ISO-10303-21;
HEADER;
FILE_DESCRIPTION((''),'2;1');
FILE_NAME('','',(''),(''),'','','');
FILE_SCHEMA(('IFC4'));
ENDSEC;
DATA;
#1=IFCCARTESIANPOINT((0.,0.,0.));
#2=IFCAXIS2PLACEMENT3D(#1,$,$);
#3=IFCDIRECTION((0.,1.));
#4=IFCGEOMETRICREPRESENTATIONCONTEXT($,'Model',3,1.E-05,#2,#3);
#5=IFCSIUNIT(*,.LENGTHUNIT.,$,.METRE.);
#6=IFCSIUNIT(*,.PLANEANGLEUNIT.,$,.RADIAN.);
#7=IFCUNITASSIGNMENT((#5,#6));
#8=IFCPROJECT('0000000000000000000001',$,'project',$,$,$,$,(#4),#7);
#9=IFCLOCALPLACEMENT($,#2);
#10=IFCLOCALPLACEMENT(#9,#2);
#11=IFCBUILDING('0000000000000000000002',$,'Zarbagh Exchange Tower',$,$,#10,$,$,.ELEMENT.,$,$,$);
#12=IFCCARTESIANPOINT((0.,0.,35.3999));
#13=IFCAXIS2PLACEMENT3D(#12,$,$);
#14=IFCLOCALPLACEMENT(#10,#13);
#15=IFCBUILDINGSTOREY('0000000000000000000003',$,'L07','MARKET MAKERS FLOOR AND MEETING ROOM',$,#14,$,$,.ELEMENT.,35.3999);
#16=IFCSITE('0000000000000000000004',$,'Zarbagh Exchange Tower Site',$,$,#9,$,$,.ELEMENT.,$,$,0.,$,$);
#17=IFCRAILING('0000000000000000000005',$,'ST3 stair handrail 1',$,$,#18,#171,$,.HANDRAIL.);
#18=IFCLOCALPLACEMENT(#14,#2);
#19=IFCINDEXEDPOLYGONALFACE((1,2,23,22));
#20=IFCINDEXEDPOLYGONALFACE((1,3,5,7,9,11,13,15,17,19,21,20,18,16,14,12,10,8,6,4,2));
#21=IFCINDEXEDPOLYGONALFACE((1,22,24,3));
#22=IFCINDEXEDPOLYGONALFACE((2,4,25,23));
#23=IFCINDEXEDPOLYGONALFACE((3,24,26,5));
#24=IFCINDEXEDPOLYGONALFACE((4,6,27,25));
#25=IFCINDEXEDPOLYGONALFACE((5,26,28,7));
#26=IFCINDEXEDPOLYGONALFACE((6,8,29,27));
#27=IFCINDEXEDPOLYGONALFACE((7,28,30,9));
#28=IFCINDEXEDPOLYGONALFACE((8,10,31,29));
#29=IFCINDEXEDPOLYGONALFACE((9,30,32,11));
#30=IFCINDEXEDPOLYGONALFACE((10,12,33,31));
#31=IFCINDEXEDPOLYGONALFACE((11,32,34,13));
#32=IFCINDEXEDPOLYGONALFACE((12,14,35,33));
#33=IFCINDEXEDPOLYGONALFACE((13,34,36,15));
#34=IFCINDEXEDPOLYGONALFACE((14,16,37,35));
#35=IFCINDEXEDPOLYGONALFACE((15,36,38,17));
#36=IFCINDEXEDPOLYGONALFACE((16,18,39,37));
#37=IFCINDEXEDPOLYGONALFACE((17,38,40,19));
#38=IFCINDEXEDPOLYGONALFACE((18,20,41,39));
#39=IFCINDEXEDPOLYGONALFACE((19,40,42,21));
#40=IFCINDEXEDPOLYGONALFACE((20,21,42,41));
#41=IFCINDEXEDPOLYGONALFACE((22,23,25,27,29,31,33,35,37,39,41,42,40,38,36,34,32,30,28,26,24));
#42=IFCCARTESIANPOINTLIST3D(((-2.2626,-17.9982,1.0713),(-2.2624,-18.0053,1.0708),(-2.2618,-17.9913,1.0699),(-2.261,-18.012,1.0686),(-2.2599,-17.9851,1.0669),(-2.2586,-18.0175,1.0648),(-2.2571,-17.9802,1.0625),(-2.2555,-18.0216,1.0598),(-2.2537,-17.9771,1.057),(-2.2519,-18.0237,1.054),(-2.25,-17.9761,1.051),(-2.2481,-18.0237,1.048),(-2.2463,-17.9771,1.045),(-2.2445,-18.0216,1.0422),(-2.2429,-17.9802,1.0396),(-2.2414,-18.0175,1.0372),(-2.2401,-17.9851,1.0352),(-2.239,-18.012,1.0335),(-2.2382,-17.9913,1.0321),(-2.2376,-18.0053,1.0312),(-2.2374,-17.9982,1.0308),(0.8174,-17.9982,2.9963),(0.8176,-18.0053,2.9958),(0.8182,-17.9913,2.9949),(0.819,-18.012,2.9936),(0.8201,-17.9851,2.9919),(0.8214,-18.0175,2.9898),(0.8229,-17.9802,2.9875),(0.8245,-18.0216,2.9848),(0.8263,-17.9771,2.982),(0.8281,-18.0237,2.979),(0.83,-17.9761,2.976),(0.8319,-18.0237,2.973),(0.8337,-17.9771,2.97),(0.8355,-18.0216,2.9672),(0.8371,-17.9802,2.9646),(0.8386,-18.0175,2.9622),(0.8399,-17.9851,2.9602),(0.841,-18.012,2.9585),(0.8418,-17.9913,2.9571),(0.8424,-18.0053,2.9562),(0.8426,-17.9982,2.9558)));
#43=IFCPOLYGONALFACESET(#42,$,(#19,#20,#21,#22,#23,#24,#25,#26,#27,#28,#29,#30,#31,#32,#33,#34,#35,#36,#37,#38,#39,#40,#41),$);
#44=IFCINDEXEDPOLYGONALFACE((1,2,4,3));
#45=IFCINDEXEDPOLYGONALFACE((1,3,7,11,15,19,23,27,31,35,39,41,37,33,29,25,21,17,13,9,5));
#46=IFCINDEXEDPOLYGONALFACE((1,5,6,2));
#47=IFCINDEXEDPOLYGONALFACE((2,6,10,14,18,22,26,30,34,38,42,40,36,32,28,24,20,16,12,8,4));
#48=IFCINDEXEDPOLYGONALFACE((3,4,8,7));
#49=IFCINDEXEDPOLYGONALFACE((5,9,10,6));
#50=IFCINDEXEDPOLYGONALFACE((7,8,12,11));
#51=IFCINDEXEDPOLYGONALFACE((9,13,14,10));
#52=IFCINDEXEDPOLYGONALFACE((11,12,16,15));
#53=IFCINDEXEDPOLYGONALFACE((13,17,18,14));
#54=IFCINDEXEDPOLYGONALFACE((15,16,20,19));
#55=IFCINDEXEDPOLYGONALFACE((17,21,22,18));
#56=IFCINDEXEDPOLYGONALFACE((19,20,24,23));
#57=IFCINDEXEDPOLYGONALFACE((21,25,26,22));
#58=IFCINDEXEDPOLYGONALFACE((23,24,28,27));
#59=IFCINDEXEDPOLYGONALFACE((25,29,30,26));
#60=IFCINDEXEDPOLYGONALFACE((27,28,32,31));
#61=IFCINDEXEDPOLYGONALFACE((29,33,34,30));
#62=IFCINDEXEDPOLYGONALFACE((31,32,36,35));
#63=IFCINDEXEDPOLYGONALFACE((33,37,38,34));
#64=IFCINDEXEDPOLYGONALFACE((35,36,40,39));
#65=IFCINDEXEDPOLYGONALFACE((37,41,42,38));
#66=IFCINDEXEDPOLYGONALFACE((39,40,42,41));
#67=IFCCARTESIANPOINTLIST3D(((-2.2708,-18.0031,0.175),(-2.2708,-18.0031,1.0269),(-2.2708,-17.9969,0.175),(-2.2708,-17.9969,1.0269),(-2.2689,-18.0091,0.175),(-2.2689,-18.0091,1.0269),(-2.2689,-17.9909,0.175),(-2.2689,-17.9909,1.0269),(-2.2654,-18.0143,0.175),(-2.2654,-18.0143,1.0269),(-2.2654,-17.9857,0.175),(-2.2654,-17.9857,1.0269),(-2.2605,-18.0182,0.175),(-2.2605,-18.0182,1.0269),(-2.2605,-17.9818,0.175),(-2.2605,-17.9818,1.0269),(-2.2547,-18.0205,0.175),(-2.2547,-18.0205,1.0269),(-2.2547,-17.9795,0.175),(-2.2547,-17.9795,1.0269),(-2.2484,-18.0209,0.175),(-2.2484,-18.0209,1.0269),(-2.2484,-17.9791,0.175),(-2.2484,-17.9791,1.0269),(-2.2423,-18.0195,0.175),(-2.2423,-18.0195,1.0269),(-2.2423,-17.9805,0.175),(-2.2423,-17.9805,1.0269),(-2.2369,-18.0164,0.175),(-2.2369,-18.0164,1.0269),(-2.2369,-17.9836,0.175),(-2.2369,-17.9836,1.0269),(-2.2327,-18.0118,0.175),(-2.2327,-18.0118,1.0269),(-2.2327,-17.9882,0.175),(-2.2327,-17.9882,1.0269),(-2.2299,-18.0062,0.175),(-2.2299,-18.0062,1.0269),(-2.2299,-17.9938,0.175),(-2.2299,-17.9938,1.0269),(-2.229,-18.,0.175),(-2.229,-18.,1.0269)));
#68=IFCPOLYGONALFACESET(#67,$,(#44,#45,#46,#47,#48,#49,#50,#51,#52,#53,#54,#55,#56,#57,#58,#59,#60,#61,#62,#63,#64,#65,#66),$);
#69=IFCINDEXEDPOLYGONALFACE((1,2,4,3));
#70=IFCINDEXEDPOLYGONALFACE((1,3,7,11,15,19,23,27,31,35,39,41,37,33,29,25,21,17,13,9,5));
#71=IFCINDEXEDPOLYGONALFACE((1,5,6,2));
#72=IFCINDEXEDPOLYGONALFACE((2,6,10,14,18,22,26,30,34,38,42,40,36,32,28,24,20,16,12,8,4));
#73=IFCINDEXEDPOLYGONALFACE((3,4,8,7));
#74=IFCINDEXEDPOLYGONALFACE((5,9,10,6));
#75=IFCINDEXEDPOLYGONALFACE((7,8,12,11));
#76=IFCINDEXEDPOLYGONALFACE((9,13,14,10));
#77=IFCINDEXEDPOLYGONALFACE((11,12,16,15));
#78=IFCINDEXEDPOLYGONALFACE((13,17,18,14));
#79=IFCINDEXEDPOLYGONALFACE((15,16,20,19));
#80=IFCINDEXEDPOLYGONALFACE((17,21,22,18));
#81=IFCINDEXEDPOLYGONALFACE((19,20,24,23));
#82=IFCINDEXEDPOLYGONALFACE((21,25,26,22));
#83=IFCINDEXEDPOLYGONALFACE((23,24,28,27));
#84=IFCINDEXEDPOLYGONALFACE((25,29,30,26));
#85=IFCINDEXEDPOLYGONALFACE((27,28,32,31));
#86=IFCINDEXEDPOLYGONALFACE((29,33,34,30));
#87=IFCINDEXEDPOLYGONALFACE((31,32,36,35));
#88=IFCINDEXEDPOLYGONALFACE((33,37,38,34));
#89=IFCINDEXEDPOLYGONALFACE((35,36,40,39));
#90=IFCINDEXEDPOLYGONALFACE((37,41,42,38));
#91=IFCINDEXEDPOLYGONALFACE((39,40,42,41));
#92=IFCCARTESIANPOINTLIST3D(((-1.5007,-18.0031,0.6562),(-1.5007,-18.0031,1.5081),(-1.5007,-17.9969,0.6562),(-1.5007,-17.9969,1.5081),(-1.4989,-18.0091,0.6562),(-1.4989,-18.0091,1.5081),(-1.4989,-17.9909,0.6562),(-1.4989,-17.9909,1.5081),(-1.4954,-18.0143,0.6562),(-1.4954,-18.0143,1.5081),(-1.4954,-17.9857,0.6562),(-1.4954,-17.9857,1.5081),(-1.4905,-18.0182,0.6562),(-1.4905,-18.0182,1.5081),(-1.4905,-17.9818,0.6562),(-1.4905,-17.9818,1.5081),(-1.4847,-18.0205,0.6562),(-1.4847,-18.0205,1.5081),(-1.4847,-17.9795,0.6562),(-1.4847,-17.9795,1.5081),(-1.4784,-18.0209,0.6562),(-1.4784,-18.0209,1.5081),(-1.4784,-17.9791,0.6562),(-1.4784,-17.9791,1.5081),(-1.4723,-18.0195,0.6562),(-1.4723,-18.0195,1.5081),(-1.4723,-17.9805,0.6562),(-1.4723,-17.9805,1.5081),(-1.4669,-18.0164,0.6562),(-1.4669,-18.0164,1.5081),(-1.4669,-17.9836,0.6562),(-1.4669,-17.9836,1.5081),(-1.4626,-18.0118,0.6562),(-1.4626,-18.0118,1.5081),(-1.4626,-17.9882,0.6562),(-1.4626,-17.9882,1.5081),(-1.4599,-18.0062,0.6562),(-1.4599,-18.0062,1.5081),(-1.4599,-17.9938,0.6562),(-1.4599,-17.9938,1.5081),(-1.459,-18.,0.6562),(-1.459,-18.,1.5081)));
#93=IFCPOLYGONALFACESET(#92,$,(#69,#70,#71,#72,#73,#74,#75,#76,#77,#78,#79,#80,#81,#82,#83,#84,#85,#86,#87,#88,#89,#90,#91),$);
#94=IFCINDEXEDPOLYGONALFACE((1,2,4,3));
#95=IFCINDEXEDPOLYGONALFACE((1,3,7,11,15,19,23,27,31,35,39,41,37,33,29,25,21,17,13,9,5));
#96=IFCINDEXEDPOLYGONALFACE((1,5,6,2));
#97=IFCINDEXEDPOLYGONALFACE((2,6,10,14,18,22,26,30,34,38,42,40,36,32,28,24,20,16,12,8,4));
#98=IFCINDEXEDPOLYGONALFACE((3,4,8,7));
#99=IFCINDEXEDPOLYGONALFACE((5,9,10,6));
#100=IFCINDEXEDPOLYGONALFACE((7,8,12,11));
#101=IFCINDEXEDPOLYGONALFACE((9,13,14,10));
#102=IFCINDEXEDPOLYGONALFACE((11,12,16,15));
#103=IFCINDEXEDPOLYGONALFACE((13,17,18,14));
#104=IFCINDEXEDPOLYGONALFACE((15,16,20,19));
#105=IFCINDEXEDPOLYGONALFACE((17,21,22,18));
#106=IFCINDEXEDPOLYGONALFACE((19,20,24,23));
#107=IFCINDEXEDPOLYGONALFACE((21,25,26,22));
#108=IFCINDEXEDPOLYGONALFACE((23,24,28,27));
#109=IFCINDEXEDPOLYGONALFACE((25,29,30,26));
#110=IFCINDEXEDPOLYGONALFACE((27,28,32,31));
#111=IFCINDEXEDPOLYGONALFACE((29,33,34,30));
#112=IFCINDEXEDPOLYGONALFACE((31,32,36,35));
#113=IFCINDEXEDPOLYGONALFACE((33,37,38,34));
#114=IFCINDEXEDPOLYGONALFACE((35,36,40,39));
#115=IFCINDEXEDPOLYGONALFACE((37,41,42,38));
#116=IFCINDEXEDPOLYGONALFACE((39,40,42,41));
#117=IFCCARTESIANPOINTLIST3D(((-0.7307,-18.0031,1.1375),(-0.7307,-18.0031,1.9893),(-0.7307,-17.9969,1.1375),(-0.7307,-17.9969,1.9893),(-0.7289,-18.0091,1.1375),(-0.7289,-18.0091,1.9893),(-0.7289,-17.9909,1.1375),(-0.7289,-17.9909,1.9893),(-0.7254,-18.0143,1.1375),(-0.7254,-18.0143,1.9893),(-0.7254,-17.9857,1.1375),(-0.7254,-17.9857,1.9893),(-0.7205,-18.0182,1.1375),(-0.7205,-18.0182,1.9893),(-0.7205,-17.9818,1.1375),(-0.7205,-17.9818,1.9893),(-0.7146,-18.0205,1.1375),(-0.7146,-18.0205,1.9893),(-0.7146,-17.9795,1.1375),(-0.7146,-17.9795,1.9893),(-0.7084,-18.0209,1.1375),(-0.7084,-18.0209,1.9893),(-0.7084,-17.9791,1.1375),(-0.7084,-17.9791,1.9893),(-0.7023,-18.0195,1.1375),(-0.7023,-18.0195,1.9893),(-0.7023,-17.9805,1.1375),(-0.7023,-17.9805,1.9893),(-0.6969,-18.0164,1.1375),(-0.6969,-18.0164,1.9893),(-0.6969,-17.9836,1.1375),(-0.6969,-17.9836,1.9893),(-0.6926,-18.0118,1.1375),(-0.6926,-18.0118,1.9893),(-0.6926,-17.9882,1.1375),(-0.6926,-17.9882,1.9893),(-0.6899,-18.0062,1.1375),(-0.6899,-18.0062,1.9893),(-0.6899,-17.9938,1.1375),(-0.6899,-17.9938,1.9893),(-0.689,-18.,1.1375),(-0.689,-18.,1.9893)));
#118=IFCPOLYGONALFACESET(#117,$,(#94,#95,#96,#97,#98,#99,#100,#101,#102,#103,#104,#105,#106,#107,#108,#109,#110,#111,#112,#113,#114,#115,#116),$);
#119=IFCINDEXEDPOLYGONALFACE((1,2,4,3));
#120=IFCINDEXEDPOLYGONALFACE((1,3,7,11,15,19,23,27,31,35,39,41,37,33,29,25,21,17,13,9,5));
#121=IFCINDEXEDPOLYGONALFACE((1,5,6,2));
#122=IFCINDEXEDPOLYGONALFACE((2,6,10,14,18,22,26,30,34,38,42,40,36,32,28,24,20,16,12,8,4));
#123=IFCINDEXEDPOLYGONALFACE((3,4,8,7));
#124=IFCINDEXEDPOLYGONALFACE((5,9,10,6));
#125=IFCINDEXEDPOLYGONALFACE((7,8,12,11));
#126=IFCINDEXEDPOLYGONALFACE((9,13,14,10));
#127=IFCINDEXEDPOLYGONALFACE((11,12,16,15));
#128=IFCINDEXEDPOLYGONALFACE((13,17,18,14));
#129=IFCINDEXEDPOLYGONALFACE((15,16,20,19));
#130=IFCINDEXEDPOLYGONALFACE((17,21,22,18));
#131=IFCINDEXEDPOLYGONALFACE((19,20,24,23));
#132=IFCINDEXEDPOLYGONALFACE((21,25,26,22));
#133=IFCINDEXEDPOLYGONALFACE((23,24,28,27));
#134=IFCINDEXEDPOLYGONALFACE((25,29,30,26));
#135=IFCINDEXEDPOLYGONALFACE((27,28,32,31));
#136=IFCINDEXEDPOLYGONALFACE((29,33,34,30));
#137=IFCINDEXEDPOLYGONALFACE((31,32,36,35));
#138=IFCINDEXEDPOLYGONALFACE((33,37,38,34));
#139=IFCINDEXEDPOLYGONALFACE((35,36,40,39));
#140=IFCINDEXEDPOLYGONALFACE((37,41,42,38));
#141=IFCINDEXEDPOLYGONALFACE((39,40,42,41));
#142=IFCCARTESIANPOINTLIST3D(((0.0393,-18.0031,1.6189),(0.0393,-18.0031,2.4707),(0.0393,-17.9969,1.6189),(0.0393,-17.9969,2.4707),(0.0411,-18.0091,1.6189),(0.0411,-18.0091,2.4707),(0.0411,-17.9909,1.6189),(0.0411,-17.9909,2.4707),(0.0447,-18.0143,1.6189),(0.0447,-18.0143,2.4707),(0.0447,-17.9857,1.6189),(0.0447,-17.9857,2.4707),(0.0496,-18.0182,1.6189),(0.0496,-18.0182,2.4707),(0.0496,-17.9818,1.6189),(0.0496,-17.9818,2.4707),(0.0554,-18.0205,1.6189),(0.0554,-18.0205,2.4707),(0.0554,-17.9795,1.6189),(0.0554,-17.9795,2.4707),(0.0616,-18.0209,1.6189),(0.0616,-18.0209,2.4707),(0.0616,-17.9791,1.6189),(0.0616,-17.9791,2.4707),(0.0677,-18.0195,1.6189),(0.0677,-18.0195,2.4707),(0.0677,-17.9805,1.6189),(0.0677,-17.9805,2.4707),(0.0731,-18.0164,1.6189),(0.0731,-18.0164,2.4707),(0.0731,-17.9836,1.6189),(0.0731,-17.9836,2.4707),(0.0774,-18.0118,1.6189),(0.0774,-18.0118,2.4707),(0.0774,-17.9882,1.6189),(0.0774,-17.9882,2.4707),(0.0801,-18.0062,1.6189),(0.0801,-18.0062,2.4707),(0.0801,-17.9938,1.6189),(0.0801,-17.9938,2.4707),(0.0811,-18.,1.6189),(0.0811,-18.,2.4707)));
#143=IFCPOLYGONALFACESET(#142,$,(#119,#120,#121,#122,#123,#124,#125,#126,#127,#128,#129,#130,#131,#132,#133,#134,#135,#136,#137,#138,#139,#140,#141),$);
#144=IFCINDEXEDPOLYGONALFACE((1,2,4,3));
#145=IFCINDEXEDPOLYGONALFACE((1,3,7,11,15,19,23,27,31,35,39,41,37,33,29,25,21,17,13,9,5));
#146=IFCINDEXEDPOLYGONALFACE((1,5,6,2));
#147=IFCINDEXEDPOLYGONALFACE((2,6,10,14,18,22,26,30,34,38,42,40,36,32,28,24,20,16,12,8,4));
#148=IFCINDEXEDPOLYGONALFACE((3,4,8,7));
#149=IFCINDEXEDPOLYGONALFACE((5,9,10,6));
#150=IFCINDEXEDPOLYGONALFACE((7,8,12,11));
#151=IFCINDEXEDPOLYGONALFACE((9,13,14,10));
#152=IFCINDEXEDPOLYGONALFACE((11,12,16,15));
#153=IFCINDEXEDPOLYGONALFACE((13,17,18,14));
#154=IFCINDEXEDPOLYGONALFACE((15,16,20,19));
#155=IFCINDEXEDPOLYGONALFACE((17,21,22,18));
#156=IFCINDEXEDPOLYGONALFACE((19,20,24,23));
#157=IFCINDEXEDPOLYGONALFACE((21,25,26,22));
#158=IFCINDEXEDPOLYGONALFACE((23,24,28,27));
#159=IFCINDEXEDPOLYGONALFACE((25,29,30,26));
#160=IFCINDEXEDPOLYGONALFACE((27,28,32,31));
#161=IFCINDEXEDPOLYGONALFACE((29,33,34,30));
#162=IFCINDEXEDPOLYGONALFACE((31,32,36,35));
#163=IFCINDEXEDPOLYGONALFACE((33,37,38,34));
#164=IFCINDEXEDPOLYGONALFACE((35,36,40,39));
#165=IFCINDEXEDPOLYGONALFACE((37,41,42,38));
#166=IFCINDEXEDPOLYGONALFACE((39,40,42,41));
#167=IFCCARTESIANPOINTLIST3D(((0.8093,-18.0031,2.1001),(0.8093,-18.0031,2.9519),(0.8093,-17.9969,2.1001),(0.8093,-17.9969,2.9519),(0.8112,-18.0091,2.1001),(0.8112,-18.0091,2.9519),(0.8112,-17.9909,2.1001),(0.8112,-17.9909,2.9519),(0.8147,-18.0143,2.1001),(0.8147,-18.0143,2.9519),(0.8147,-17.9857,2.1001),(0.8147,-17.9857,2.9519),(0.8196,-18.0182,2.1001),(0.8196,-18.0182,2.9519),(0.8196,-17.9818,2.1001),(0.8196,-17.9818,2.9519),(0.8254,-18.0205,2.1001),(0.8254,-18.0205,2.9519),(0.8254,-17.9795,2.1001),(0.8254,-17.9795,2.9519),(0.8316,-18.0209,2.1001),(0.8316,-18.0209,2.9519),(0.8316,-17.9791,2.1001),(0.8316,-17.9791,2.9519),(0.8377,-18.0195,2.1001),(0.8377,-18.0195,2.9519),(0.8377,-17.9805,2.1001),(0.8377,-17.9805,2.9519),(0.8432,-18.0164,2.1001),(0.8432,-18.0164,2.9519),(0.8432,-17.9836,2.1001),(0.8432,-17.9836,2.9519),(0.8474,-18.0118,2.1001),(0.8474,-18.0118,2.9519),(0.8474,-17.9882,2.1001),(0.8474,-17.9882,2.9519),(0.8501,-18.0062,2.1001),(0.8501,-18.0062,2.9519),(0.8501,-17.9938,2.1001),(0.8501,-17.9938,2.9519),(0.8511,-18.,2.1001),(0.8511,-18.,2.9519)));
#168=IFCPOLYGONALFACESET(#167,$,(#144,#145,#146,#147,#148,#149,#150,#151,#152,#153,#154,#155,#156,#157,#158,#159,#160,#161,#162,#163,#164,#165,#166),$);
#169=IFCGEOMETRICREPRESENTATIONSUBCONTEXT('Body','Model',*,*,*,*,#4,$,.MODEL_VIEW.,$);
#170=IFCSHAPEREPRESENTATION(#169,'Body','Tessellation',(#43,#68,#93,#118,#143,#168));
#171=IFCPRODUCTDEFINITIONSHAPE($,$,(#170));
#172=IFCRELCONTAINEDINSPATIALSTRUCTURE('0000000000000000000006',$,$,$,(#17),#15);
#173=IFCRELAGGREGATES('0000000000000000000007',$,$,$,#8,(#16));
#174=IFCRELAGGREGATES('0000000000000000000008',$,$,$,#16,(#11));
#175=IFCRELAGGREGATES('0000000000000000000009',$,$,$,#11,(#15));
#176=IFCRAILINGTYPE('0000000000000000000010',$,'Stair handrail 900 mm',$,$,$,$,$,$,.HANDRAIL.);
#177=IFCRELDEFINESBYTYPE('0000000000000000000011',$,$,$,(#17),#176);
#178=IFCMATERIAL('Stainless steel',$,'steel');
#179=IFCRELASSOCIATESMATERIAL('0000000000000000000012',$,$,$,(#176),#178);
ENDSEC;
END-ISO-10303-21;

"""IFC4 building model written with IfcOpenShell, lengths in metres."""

from ifc_helpers import new_model, si_unit, direction, frame, origin, origin_2d, place, context, subcontext, project, spatial, circle, extrude, material, type_object, element, save


model = new_model("IFC4")

# Units and contexts
model_context = context("Model", 3, precision=1e-05, world=origin(), true_north=direction((0.0, 1.0)))
body_context = subcontext(model_context, "Body", "Model", "MODEL_VIEW")
ifc_project = project(units=[si_unit("LENGTHUNIT", "METRE"), si_unit("PLANEANGLEUNIT", "RADIAN")], contexts=[model_context])

# Site, building, storey
site_placement = place(None, origin())
site = spatial("IfcSite", under=ifc_project, at=site_placement, Name="Zarbagh Exchange Tower Site", CompositionType="ELEMENT", RefElevation=0.0)
building_placement = place(site_placement, origin())
building = spatial("IfcBuilding", under=site, at=building_placement, Name="Zarbagh Exchange Tower", CompositionType="ELEMENT")
storey_placement = place(building_placement, frame((0.0, 0.0, 35.3999)))
storey = spatial("IfcBuildingStorey", under=building, at=storey_placement, Name="L07", Description="MARKET MAKERS FLOOR AND MEETING ROOM", CompositionType="ELEMENT", Elevation=35.3999)

# Shared definitions
ifc_material_1 = material(Name="Stainless steel", Category="steel")

# Railing
railing_type_1 = type_object("IfcRailingType", Name="Stair handrail 900 mm", PredefinedType="HANDRAIL", material=ifc_material_1)
for number, where, name in (
    (1, (-2.25, -18.0, 0.175), "ST3 stair handrail 1"),
):
    element("IfcRailing", number, at=place(storey_placement, frame(where)), inside=storey, type_object=railing_type_1, Name=name, PredefinedType="HANDRAIL", context=body_context, shape_type="SweptSolid", body=[
        extrude(circle(Radius=0.0239, at=origin_2d()), frame((0.0, 0.0, 0.876), z_axis=(0.847998, 0.0, 0.529999), x_axis=(0.0, 1.0, 0.0)), (0.0, 0.0, 1.0), 3.6321),
        extrude(circle(Radius=0.021, at=origin_2d()), origin(), (0.0, 0.0, 1.0), 0.8518),
        extrude(circle(Radius=0.021, at=origin_2d()), frame((0.77, 0.0, 0.4812)), (0.0, 0.0, 1.0), 0.8518),
        extrude(circle(Radius=0.021, at=origin_2d()), frame((1.54, 0.0, 0.9624)), (0.0, 0.0, 1.0), 0.8518),
        extrude(circle(Radius=0.021, at=origin_2d()), frame((2.3101, 0.0, 1.4438)), (0.0, 0.0, 1.0), 0.8518),
        extrude(circle(Radius=0.021, at=origin_2d()), frame((3.0801, 0.0, 1.925)), (0.0, 0.0, 1.0), 0.8518),
    ])

save(model, "model.ifc")
